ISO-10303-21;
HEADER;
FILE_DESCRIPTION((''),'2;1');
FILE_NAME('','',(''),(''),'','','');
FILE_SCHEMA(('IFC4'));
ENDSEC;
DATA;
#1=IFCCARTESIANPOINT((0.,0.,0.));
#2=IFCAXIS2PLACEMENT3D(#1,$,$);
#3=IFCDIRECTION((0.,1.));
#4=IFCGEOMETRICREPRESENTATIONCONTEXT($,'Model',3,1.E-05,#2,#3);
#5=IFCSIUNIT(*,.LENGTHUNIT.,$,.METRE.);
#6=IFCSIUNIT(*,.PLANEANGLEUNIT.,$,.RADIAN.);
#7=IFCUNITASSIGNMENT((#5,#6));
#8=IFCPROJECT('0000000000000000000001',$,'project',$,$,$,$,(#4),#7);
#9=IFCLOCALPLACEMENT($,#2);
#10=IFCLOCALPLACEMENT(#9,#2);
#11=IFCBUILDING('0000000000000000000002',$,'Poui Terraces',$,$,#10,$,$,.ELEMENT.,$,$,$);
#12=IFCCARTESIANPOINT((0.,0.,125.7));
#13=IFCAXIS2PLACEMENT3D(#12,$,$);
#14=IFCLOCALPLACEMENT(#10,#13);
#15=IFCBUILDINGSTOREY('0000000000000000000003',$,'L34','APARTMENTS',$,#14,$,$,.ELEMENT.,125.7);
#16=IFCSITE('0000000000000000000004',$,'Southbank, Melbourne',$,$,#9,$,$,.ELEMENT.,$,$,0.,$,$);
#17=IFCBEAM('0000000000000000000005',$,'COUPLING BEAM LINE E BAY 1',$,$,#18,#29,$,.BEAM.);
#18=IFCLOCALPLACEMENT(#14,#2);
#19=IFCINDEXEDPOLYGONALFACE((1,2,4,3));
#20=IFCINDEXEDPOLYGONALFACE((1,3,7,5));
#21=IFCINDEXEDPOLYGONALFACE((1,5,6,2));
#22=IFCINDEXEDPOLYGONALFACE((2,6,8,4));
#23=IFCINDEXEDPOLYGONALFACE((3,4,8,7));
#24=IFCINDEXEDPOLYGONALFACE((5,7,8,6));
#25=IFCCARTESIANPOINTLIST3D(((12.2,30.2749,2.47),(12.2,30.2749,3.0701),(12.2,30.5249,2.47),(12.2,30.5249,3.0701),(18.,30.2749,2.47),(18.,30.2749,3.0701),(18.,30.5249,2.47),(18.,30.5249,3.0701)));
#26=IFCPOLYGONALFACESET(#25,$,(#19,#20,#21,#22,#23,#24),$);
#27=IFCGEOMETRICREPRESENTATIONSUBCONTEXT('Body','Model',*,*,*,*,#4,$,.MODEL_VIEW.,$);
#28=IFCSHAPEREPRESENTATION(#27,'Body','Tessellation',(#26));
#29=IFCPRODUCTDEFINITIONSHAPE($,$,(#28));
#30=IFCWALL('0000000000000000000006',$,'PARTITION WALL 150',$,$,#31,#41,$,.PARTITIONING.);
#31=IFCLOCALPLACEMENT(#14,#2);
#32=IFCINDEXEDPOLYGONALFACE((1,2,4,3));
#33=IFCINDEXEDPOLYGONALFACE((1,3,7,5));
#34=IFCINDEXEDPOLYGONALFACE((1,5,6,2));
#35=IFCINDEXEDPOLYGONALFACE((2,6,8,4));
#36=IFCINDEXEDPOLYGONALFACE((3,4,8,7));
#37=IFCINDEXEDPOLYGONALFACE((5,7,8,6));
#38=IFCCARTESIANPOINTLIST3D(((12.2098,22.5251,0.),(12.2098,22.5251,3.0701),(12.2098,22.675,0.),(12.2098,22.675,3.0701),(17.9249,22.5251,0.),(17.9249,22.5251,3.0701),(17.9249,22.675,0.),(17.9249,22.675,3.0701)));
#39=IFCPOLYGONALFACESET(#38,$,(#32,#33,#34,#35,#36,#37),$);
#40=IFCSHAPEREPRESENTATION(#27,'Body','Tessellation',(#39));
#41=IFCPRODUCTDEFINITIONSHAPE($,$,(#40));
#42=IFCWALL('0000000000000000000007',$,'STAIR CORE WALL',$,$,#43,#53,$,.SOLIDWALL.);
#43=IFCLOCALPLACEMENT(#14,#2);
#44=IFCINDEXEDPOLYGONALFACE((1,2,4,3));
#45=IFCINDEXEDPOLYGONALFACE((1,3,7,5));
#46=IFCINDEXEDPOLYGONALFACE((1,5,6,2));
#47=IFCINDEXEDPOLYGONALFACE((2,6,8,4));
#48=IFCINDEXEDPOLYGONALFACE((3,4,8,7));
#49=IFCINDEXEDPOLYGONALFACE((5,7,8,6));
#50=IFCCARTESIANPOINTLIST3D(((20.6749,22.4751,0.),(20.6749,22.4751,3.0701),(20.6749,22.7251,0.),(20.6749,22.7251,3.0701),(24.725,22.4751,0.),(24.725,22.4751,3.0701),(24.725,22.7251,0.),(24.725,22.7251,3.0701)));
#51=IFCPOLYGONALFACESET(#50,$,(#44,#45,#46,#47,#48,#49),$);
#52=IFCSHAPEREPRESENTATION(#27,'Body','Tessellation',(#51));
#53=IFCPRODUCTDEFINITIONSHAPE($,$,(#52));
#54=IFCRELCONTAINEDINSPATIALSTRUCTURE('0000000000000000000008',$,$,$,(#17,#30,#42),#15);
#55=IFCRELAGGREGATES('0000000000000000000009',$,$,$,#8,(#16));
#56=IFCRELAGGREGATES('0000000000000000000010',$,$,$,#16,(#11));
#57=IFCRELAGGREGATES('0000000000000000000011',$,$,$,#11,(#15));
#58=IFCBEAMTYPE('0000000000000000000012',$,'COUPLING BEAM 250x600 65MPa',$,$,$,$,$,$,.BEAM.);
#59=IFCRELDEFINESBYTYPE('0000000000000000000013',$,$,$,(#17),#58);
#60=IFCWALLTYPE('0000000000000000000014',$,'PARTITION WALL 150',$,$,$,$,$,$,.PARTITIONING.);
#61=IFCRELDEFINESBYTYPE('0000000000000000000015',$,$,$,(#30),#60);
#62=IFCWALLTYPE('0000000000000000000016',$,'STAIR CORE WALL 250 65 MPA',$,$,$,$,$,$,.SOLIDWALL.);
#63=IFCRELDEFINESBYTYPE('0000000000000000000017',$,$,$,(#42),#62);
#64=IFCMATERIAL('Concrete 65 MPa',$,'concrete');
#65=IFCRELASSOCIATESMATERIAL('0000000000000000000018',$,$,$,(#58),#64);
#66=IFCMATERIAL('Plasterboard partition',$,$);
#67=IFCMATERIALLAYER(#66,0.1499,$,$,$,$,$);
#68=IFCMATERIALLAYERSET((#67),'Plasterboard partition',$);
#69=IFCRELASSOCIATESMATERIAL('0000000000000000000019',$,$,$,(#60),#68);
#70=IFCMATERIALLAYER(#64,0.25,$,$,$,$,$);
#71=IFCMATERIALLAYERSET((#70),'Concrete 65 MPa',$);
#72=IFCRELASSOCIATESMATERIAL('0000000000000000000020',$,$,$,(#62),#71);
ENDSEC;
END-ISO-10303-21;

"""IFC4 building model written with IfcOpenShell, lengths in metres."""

from ifc_helpers import new_model, si_unit, direction, frame, frame_2d, origin, origin_2d, place, context, subcontext, project, spatial, rectangle, extrude, source, transform, mapped, material, layer, layer_set, material_profile, profile_set, type_object, element, save


model = new_model("IFC4")

# Units and contexts
model_context = context("Model", 3, precision=1e-05, world=origin(), true_north=direction((0.0, 1.0)))
body_context = subcontext(model_context, "Body", "Model", "MODEL_VIEW")
ifc_project = project(units=[si_unit("LENGTHUNIT", "METRE"), si_unit("PLANEANGLEUNIT", "RADIAN")], contexts=[model_context])

# Site, building, storey
site_placement = place(None, origin())
site = spatial("IfcSite", under=ifc_project, at=site_placement, Name="Southbank, Melbourne", CompositionType="ELEMENT", RefElevation=0.0)
building_placement = place(site_placement, origin())
building = spatial("IfcBuilding", under=site, at=building_placement, Name="Poui Terraces", CompositionType="ELEMENT")
storey_placement = place(building_placement, frame((0.0, 0.0, 125.7)))
storey = spatial("IfcBuildingStorey", under=building, at=storey_placement, Name="L34", Description="APARTMENTS", CompositionType="ELEMENT", Elevation=125.7)

# Beam
ifc_material_1 = material(Name="Concrete 65 MPa", Category="concrete")
ifc_material_profile = material_profile(ifc_material_1, rectangle(XDim=0.25, YDim=0.6001, at=origin_2d()), Name="RC 250x600")
ifc_profile_set = profile_set([ifc_material_profile], Name="Concrete 65 MPa")
beam_type = type_object("IfcBeamType", Name="COUPLING BEAM 250x600 65MPa", PredefinedType="BEAM", material=ifc_profile_set)
shared_shape = source(origin(), body_context, "Body", "SweptSolid", [
    extrude(rectangle(XDim=0.25, YDim=0.6001, at=origin_2d()), origin(), (0.0, 0.0, 1.0), 5.8),
])
beam_placement = place(storey_placement, frame((12.2, 30.3999, 2.77), z_axis=(1.0, 0.0, 0.0), x_axis=(0.0, 1.0, 0.0)))
element("IfcBeam", 1, at=beam_placement, inside=storey, type_object=beam_type, Name="COUPLING BEAM LINE E BAY 1", PredefinedType="BEAM", context=body_context, shape_type="MappedRepresentation", body=[
    mapped(shared_shape, transform((0.0, 0.0, 0.0))),
])

# Walls
ifc_material_2 = material(Name="Plasterboard partition")
ifc_layer_1 = layer(ifc_material_2, 0.1499)
ifc_layer_set_1 = layer_set([ifc_layer_1], Name="Plasterboard partition")
wall_type_1 = type_object("IfcWallType", Name="PARTITION WALL 150", PredefinedType="PARTITIONING", material=ifc_layer_set_1)
wall_1_placement = place(storey_placement, frame((12.21, 22.6001, 0.0), z_axis=(0.0, 0.0, 1.0), x_axis=(1.0, 0.0, 0.0)))
element("IfcWall", 2, at=wall_1_placement, inside=storey, type_object=wall_type_1, Name="PARTITION WALL 150", PredefinedType="PARTITIONING", context=body_context, shape_type="SweptSolid", body=[
    extrude(rectangle(XDim=5.7151, YDim=0.1499, at=frame_2d((2.8574, 0.0))), origin(), (0.0, 0.0, 1.0), 3.0701),
])
ifc_layer_2 = layer(ifc_material_1, 0.25)
ifc_layer_set_2 = layer_set([ifc_layer_2], Name="Concrete 65 MPa")
wall_type_2 = type_object("IfcWallType", Name="STAIR CORE WALL 250 65 MPA", PredefinedType="SOLIDWALL", material=ifc_layer_set_2)
wall_2_placement = place(storey_placement, frame((20.675, 22.6001, 0.0), z_axis=(0.0, 0.0, 1.0), x_axis=(1.0, 0.0, 0.0)))
element("IfcWall", 3, at=wall_2_placement, inside=storey, type_object=wall_type_2, Name="STAIR CORE WALL", PredefinedType="SOLIDWALL", context=body_context, shape_type="SweptSolid", body=[
    extrude(rectangle(XDim=4.05, YDim=0.25, at=frame_2d((2.0249, 0.0))), origin(), (0.0, 0.0, 1.0), 3.0701),
])

save(model, "model.ifc")
